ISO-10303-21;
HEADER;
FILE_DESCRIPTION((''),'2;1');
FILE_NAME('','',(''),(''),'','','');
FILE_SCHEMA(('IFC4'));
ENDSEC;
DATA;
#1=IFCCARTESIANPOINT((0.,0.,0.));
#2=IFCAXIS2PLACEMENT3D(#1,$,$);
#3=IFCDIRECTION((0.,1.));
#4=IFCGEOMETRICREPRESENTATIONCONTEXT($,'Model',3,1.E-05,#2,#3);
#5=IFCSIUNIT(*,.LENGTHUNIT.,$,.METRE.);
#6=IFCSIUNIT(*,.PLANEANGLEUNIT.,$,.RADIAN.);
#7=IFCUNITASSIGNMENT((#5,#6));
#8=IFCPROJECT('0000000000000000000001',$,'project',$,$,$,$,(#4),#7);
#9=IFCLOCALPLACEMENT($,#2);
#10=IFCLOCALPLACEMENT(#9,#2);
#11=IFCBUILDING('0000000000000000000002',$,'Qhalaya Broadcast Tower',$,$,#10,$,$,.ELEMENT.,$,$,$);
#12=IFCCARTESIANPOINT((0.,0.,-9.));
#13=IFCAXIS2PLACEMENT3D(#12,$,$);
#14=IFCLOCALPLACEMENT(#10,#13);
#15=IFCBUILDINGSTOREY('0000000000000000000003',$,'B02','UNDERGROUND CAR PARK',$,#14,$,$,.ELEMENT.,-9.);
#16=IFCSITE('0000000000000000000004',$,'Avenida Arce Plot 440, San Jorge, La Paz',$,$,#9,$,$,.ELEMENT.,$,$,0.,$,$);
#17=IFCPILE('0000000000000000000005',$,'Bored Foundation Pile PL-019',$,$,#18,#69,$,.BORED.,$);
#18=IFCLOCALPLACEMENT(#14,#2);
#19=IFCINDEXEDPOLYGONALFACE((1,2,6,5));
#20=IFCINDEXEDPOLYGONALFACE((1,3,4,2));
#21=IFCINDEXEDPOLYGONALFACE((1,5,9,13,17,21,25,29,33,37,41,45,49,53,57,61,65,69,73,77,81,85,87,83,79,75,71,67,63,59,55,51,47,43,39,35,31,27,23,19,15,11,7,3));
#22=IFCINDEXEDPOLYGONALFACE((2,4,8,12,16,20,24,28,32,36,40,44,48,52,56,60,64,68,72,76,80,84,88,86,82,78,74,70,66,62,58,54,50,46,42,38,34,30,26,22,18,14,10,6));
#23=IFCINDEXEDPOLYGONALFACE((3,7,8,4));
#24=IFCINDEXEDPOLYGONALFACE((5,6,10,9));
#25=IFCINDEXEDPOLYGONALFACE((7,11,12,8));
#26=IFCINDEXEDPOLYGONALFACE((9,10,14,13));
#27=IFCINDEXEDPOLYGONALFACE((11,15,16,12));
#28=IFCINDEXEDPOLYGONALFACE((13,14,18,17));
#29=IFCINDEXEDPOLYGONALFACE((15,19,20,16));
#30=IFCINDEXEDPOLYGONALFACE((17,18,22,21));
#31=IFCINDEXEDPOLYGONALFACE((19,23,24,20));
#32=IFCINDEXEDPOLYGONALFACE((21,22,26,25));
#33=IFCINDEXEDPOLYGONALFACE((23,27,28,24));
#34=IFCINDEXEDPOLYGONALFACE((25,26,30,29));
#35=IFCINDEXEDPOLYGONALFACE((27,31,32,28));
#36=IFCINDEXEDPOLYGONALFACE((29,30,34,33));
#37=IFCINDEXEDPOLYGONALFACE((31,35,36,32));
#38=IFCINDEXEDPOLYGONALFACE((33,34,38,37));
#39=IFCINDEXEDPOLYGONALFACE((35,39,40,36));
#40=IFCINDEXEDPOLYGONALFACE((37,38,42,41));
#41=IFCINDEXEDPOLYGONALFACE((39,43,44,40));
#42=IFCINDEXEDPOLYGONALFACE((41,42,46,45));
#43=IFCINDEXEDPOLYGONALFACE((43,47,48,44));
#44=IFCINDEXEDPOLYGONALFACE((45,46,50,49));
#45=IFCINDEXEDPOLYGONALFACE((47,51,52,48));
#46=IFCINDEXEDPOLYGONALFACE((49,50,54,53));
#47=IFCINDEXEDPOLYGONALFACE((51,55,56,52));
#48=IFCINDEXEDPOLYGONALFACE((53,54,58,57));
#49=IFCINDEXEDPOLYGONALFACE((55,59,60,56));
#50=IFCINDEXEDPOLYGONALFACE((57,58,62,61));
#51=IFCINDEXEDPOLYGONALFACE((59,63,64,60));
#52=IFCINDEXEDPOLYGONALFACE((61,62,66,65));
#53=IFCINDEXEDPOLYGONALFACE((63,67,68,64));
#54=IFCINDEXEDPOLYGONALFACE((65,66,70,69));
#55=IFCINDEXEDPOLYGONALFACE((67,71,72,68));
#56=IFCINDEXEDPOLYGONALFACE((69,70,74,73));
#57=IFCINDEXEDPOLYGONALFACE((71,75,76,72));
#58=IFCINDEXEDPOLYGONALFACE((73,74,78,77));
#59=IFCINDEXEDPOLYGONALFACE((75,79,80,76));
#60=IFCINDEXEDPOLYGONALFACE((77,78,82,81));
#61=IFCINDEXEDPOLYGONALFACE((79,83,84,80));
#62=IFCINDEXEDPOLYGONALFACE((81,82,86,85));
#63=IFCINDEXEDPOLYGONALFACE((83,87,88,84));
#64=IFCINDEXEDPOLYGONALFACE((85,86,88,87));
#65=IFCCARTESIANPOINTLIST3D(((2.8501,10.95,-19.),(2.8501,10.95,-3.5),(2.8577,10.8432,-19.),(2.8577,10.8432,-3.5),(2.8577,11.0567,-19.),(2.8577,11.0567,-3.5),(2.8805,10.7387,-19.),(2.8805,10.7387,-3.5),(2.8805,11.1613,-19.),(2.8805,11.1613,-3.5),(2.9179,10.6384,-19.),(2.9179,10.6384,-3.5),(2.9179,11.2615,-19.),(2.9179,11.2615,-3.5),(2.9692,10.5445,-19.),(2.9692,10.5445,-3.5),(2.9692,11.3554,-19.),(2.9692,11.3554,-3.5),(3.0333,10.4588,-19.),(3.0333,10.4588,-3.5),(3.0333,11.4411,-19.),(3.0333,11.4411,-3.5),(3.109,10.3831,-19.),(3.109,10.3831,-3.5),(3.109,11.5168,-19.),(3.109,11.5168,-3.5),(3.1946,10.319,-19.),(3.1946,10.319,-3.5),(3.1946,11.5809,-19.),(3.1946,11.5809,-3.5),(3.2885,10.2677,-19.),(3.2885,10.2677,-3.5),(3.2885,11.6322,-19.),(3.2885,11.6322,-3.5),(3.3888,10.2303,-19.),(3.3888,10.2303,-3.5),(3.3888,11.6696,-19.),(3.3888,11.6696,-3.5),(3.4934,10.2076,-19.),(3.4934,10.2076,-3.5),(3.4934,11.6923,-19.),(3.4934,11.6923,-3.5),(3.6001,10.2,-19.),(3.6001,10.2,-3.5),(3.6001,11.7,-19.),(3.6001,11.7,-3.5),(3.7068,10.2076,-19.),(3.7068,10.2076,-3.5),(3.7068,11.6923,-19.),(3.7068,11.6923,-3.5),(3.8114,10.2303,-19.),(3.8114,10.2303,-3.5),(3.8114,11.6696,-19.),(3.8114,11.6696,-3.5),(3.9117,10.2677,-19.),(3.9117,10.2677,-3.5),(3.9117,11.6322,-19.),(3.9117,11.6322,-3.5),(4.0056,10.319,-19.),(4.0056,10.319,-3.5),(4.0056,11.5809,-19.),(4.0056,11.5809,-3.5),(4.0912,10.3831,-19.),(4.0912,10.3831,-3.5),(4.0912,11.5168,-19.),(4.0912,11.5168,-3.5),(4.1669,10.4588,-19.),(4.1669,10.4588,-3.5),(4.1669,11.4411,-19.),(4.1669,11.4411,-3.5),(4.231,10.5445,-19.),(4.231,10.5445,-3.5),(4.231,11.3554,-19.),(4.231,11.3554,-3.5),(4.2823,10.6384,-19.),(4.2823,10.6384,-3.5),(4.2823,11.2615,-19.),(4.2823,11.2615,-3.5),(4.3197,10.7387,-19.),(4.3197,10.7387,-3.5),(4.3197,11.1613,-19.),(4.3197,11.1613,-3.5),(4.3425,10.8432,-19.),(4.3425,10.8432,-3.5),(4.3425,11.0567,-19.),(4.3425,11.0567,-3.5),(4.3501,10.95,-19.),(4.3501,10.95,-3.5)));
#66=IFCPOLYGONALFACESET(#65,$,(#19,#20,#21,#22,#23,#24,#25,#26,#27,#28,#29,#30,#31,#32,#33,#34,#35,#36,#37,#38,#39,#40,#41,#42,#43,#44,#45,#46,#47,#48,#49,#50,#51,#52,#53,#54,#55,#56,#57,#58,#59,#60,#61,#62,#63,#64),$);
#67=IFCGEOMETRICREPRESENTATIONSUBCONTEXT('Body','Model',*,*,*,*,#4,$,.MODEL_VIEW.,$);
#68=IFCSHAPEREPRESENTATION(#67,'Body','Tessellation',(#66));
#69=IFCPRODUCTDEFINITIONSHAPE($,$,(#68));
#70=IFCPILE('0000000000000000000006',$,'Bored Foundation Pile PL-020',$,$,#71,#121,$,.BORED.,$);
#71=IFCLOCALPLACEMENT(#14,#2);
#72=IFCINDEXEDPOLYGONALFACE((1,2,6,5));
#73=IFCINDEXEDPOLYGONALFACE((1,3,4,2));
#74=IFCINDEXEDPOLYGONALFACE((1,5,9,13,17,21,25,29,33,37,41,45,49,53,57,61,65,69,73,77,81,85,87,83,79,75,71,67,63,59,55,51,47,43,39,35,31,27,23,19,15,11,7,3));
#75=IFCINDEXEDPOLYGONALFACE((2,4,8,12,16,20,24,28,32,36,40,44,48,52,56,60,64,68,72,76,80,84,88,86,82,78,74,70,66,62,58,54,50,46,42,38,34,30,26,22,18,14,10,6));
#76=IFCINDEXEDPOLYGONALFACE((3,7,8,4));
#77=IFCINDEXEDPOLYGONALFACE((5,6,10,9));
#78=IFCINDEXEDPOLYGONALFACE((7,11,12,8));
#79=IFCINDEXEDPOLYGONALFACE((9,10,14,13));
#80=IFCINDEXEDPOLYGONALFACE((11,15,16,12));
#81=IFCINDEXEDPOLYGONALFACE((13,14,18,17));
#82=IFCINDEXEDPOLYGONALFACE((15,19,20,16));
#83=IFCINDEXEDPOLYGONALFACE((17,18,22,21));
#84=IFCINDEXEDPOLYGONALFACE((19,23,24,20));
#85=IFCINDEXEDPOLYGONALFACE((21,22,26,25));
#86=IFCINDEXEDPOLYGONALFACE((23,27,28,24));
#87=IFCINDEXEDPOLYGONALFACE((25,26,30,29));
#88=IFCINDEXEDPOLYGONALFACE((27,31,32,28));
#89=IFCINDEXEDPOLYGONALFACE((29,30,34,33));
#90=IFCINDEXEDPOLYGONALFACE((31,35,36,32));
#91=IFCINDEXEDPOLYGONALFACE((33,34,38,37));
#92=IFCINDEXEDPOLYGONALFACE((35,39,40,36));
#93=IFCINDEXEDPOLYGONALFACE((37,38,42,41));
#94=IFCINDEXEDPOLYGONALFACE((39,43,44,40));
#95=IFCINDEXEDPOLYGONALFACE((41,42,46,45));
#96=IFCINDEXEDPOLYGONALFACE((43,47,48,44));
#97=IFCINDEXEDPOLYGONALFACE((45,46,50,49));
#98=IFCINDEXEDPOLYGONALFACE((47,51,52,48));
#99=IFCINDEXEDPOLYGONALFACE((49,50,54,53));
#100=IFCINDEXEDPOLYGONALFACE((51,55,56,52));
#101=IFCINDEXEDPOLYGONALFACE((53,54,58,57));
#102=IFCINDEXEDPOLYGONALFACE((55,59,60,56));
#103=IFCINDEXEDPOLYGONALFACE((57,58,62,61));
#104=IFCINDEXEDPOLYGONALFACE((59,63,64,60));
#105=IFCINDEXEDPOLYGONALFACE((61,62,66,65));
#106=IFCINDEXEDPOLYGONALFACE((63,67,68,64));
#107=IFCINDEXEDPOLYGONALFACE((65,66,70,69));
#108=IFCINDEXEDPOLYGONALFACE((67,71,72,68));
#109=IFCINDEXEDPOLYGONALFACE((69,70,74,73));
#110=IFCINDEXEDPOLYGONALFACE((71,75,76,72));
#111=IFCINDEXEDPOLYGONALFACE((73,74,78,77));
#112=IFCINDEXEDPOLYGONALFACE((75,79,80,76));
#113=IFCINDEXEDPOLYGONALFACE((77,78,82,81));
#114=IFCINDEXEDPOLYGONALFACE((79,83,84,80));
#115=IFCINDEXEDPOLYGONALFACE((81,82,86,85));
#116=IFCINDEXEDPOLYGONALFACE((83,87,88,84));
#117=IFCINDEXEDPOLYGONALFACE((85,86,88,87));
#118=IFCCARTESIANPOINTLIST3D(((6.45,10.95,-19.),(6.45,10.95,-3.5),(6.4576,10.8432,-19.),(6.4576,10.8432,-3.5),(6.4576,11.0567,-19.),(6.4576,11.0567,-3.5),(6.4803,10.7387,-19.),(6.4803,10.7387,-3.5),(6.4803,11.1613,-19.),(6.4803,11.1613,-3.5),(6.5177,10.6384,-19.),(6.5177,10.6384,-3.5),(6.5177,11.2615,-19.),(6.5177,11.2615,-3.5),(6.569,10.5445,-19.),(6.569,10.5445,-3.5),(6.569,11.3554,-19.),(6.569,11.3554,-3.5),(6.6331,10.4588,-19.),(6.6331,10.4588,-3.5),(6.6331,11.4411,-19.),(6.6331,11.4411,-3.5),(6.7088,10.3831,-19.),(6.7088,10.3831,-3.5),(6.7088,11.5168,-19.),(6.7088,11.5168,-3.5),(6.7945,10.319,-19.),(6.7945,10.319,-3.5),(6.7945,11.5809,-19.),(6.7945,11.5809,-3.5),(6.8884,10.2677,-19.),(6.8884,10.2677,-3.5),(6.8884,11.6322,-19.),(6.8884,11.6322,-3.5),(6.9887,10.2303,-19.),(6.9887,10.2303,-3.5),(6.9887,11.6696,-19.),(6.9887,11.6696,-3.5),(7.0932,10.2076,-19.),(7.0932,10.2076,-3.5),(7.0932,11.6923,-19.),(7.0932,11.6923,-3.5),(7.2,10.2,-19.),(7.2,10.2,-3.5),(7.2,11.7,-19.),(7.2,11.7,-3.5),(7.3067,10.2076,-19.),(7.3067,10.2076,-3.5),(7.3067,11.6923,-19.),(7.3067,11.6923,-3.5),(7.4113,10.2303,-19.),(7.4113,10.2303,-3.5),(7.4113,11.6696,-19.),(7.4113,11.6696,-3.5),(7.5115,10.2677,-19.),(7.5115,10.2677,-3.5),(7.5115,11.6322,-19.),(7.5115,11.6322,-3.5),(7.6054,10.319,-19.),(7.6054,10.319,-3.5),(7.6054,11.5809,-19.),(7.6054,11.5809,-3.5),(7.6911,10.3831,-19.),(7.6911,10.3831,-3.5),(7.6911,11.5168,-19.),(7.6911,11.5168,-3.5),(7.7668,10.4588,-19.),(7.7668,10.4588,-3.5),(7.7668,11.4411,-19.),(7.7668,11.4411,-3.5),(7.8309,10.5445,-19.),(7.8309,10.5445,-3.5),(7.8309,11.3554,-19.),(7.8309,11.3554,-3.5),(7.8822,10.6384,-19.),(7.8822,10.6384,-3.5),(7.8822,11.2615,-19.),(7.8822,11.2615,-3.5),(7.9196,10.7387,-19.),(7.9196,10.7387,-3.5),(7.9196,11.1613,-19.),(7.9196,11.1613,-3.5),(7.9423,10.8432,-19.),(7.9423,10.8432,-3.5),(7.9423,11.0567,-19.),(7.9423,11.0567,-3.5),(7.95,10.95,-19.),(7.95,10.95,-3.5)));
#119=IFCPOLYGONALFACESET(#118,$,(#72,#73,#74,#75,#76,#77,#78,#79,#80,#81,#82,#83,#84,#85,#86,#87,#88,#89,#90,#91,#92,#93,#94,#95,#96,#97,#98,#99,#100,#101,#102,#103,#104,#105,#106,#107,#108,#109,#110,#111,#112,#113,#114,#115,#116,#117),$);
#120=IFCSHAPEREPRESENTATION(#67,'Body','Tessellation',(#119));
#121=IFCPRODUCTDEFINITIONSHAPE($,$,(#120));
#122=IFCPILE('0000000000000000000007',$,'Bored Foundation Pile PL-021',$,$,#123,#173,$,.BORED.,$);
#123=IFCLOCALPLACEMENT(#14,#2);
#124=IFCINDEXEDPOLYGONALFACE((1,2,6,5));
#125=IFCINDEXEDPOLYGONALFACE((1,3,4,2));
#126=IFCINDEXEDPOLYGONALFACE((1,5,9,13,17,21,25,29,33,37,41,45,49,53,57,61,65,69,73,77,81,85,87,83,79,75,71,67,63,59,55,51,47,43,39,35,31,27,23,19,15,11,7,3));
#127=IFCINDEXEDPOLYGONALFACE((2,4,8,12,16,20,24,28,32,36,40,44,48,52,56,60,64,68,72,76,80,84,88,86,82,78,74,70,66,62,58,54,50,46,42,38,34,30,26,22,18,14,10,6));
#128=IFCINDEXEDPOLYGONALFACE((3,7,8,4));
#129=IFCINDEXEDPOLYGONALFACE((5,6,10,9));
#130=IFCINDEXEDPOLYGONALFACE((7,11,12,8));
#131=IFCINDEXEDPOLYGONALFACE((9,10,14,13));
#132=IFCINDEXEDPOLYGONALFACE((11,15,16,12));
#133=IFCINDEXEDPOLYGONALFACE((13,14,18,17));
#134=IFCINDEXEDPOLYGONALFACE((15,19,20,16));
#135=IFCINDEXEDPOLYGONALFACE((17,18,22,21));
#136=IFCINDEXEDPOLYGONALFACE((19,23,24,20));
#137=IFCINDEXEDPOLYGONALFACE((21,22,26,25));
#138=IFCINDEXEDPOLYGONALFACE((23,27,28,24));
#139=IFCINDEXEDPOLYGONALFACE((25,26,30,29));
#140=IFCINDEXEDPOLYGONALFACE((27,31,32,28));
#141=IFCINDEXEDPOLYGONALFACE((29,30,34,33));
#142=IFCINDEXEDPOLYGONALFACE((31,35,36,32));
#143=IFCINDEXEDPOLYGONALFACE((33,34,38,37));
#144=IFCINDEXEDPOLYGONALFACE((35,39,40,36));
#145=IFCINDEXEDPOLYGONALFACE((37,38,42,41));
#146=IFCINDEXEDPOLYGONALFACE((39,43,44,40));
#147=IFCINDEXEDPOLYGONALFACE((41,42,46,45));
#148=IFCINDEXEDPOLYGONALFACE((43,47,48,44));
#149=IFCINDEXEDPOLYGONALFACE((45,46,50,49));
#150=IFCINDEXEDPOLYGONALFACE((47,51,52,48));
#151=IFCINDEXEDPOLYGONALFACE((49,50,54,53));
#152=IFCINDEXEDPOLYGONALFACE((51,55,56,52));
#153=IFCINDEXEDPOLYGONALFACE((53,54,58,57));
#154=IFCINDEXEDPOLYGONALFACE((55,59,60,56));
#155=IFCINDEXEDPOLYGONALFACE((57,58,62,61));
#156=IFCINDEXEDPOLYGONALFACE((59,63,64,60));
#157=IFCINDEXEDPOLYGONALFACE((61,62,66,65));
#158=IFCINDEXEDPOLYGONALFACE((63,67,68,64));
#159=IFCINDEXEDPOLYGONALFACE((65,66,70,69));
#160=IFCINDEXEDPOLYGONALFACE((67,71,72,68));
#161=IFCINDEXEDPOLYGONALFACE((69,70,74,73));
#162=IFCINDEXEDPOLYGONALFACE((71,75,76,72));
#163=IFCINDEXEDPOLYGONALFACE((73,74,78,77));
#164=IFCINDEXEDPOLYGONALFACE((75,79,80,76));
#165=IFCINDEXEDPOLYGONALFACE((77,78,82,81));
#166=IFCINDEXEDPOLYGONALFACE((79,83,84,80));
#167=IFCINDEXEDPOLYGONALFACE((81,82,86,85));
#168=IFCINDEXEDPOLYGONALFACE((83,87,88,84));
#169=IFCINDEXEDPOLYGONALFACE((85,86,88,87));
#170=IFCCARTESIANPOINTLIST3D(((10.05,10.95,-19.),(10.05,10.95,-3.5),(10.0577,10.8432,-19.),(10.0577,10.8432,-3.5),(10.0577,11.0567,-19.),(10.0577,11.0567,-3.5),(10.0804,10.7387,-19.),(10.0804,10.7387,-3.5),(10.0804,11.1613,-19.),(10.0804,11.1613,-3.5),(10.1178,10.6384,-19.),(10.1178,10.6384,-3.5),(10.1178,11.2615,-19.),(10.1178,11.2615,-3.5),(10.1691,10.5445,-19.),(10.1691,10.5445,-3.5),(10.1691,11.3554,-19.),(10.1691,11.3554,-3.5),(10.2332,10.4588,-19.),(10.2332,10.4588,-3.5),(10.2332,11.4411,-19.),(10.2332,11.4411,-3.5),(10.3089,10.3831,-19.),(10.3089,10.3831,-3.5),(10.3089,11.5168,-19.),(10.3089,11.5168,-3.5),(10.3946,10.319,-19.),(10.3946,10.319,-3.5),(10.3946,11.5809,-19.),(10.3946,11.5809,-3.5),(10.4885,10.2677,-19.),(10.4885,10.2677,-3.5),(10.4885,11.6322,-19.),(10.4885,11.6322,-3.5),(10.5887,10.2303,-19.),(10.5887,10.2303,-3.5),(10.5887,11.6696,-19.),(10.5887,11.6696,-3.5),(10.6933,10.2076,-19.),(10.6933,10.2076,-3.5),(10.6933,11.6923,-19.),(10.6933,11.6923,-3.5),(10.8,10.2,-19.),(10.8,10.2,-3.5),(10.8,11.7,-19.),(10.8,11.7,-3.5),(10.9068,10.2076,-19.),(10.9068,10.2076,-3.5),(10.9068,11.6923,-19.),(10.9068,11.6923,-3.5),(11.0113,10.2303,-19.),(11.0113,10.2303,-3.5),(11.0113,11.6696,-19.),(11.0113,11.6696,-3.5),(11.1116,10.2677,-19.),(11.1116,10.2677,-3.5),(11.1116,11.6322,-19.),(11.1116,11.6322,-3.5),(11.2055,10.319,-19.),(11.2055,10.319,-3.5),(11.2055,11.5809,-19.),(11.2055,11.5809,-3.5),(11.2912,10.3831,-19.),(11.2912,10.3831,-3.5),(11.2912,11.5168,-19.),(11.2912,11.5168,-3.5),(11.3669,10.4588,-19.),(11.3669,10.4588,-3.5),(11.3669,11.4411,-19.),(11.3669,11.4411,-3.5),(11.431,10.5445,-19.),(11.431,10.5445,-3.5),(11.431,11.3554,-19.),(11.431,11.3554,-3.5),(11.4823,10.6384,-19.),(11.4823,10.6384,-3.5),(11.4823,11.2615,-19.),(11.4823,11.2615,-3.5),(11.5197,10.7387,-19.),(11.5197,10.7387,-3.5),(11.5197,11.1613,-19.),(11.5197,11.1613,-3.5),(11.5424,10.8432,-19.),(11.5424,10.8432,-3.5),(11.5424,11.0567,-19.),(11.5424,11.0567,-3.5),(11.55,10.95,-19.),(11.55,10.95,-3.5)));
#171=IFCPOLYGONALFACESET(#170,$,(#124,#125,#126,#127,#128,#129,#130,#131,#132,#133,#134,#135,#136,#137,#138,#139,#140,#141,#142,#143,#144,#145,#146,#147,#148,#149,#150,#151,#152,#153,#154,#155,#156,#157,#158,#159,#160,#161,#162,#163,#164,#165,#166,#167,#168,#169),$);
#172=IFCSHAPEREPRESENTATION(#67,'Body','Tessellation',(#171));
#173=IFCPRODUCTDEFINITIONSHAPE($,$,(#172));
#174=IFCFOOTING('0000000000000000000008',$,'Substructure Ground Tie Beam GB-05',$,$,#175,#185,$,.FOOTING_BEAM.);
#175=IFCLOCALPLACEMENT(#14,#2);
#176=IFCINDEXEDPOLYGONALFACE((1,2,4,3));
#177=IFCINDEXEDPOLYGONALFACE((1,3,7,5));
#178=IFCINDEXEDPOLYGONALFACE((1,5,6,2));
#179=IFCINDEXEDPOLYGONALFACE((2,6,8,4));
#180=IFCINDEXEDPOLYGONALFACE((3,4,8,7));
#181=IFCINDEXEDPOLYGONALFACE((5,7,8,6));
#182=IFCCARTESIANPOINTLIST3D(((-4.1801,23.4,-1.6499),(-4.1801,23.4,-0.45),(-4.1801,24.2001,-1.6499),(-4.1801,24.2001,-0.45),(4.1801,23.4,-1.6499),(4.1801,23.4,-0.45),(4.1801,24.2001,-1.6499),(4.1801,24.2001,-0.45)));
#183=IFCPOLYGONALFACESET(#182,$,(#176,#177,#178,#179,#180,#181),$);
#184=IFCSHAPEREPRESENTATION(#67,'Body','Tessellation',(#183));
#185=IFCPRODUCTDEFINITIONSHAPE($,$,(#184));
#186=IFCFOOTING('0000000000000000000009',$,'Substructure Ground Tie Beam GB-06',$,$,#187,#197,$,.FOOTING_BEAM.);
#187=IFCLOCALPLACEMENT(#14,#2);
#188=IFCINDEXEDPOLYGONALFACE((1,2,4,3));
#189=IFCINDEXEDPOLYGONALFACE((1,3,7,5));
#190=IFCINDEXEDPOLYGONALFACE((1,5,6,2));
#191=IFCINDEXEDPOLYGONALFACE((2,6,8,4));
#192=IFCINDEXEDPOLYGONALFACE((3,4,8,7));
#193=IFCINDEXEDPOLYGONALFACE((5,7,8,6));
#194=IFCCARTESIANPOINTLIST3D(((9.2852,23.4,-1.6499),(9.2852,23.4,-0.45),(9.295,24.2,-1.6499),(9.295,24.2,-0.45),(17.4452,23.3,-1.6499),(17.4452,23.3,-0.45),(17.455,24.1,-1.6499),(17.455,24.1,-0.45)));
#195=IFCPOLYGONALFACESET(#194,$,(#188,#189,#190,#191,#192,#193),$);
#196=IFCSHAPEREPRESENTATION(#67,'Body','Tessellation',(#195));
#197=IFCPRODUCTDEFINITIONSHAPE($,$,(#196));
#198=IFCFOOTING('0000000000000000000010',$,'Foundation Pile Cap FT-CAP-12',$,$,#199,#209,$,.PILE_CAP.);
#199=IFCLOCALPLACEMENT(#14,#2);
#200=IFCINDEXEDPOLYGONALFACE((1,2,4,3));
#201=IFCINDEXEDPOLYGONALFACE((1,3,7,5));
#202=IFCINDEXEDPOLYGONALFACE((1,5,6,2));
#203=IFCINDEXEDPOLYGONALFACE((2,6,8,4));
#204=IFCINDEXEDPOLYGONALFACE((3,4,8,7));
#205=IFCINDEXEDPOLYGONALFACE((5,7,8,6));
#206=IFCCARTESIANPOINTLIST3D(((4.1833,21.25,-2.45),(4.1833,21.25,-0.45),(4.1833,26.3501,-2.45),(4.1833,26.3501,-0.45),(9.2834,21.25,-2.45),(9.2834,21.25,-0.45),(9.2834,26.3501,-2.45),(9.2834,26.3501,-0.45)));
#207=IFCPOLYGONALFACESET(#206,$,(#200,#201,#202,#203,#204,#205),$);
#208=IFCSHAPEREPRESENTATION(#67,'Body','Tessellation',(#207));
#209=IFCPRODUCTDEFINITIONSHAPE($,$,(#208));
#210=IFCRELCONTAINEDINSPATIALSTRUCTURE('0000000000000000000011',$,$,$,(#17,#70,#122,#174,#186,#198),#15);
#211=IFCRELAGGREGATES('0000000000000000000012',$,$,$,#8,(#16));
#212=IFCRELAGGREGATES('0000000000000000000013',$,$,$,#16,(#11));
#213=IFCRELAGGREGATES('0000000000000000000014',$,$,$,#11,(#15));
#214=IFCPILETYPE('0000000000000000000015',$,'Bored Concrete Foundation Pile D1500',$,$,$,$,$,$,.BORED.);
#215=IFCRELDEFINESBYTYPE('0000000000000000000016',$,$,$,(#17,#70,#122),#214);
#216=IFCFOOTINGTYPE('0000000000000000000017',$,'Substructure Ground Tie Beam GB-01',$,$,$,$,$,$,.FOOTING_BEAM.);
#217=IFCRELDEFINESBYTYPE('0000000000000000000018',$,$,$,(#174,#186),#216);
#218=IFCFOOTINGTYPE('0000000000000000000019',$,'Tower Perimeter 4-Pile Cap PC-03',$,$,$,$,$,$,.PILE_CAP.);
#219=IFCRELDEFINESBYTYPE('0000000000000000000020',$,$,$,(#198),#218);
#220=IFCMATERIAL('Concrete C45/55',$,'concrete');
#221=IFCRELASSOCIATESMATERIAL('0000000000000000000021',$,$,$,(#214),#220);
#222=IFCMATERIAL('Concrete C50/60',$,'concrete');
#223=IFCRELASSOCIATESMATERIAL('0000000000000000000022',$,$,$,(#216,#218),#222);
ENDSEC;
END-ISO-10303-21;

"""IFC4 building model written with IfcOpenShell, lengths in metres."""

from ifc_helpers import new_model, si_unit, direction, frame, origin, origin_2d, place, context, subcontext, project, spatial, rectangle, circle, extrude, material, material_profile, profile_set, type_object, element, save


model = new_model("IFC4")

# Units and contexts
model_context = context("Model", 3, precision=1e-05, world=origin(), true_north=direction((0.0, 1.0)))
body_context = subcontext(model_context, "Body", "Model", "MODEL_VIEW")
ifc_project = project(units=[si_unit("LENGTHUNIT", "METRE"), si_unit("PLANEANGLEUNIT", "RADIAN")], contexts=[model_context])

# Site, building, storey
site_placement = place(None, origin())
site = spatial("IfcSite", under=ifc_project, at=site_placement, Name="Avenida Arce Plot 440, San Jorge, La Paz", CompositionType="ELEMENT", RefElevation=0.0)
building_placement = place(site_placement, origin())
building = spatial("IfcBuilding", under=site, at=building_placement, Name="Qhalaya Broadcast Tower", CompositionType="ELEMENT")
storey_placement = place(building_placement, frame((0.0, 0.0, -9.0)))
storey = spatial("IfcBuildingStorey", under=building, at=storey_placement, Name="B02", Description="UNDERGROUND CAR PARK", CompositionType="ELEMENT", Elevation=-9.0)

# Piles
ifc_material_1 = material(Name="Concrete C45/55", Category="concrete")
ifc_material_profile_1 = material_profile(ifc_material_1, circle(Radius=0.75, at=origin_2d()), Name="PILE D1500")
ifc_profile_set_1 = profile_set([ifc_material_profile_1], Name="Concrete C45/55")
pile_type_1 = type_object("IfcPileType", Name="Bored Concrete Foundation Pile D1500", PredefinedType="BORED", material=ifc_profile_set_1)
for number, where, z_axis, x_axis, name in (
    (1, (3.6001, 10.95, -3.5), (0.0, 0.0, -1.0), (1.0, 0.0, 0.0), "Bored Foundation Pile PL-019"),
    (2, (7.2, 10.95, -3.5), (0.0, 0.0, -1.0), (1.0, 0.0, 0.0), "Bored Foundation Pile PL-020"),
    (3, (10.8, 10.95, -3.5), (0.0, 0.0, -1.0), (1.0, 0.0, 0.0), "Bored Foundation Pile PL-021"),
):
    element("IfcPile", number, at=place(storey_placement, frame(where, z_axis=z_axis, x_axis=x_axis)), inside=storey, type_object=pile_type_1, Name=name, PredefinedType="BORED", context=body_context, shape_type="SweptSolid", body=[
        extrude(circle(Radius=0.75, at=origin_2d()), origin(), (0.0, 0.0, 1.0), 15.5),
    ])

# Footings
ifc_material_2 = material(Name="Concrete C50/60", Category="concrete")
footing_type_1 = type_object("IfcFootingType", Name="Substructure Ground Tie Beam GB-01", PredefinedType="FOOTING_BEAM", material=ifc_material_2)
footing_1_placement = place(storey_placement, frame((0.0, 23.8, -1.6499), z_axis=(0.0, 0.0, 1.0), x_axis=(1.0, 0.0, 0.0)))
element("IfcFooting", 4, at=footing_1_placement, inside=storey, type_object=footing_type_1, Name="Substructure Ground Tie Beam GB-05", PredefinedType="FOOTING_BEAM", context=body_context, shape_type="SweptSolid", body=[
    extrude(rectangle(XDim=8.3601, YDim=0.8, at=origin_2d()), origin(), (0.0, 0.0, 1.0), 1.2),
])
footing_2_placement = place(storey_placement, frame((13.3701, 23.75, -1.6499), z_axis=(0.0, 0.0, 1.0), x_axis=(0.999925, -0.012254, 0.0)))
element("IfcFooting", 5, at=footing_2_placement, inside=storey, type_object=footing_type_1, Name="Substructure Ground Tie Beam GB-06", PredefinedType="FOOTING_BEAM", context=body_context, shape_type="SweptSolid", body=[
    extrude(rectangle(XDim=8.1606, YDim=0.8, at=origin_2d()), origin(), (0.0, 0.0, 1.0), 1.2),
])
footing_type_2 = type_object("IfcFootingType", Name="Tower Perimeter 4-Pile Cap PC-03", PredefinedType="PILE_CAP", material=ifc_material_2)
footing_3_placement = place(storey_placement, frame((6.7334, 23.8, -2.45), z_axis=(0.0, 0.0, 1.0), x_axis=(1.0, 0.0, 0.0)))
element("IfcFooting", 6, at=footing_3_placement, inside=storey, type_object=footing_type_2, Name="Foundation Pile Cap FT-CAP-12", PredefinedType="PILE_CAP", context=body_context, shape_type="SweptSolid", body=[
    extrude(rectangle(XDim=5.1001, YDim=5.1001, at=origin_2d()), origin(), (0.0, 0.0, 1.0), 2.0),
])

save(model, "model.ifc")
